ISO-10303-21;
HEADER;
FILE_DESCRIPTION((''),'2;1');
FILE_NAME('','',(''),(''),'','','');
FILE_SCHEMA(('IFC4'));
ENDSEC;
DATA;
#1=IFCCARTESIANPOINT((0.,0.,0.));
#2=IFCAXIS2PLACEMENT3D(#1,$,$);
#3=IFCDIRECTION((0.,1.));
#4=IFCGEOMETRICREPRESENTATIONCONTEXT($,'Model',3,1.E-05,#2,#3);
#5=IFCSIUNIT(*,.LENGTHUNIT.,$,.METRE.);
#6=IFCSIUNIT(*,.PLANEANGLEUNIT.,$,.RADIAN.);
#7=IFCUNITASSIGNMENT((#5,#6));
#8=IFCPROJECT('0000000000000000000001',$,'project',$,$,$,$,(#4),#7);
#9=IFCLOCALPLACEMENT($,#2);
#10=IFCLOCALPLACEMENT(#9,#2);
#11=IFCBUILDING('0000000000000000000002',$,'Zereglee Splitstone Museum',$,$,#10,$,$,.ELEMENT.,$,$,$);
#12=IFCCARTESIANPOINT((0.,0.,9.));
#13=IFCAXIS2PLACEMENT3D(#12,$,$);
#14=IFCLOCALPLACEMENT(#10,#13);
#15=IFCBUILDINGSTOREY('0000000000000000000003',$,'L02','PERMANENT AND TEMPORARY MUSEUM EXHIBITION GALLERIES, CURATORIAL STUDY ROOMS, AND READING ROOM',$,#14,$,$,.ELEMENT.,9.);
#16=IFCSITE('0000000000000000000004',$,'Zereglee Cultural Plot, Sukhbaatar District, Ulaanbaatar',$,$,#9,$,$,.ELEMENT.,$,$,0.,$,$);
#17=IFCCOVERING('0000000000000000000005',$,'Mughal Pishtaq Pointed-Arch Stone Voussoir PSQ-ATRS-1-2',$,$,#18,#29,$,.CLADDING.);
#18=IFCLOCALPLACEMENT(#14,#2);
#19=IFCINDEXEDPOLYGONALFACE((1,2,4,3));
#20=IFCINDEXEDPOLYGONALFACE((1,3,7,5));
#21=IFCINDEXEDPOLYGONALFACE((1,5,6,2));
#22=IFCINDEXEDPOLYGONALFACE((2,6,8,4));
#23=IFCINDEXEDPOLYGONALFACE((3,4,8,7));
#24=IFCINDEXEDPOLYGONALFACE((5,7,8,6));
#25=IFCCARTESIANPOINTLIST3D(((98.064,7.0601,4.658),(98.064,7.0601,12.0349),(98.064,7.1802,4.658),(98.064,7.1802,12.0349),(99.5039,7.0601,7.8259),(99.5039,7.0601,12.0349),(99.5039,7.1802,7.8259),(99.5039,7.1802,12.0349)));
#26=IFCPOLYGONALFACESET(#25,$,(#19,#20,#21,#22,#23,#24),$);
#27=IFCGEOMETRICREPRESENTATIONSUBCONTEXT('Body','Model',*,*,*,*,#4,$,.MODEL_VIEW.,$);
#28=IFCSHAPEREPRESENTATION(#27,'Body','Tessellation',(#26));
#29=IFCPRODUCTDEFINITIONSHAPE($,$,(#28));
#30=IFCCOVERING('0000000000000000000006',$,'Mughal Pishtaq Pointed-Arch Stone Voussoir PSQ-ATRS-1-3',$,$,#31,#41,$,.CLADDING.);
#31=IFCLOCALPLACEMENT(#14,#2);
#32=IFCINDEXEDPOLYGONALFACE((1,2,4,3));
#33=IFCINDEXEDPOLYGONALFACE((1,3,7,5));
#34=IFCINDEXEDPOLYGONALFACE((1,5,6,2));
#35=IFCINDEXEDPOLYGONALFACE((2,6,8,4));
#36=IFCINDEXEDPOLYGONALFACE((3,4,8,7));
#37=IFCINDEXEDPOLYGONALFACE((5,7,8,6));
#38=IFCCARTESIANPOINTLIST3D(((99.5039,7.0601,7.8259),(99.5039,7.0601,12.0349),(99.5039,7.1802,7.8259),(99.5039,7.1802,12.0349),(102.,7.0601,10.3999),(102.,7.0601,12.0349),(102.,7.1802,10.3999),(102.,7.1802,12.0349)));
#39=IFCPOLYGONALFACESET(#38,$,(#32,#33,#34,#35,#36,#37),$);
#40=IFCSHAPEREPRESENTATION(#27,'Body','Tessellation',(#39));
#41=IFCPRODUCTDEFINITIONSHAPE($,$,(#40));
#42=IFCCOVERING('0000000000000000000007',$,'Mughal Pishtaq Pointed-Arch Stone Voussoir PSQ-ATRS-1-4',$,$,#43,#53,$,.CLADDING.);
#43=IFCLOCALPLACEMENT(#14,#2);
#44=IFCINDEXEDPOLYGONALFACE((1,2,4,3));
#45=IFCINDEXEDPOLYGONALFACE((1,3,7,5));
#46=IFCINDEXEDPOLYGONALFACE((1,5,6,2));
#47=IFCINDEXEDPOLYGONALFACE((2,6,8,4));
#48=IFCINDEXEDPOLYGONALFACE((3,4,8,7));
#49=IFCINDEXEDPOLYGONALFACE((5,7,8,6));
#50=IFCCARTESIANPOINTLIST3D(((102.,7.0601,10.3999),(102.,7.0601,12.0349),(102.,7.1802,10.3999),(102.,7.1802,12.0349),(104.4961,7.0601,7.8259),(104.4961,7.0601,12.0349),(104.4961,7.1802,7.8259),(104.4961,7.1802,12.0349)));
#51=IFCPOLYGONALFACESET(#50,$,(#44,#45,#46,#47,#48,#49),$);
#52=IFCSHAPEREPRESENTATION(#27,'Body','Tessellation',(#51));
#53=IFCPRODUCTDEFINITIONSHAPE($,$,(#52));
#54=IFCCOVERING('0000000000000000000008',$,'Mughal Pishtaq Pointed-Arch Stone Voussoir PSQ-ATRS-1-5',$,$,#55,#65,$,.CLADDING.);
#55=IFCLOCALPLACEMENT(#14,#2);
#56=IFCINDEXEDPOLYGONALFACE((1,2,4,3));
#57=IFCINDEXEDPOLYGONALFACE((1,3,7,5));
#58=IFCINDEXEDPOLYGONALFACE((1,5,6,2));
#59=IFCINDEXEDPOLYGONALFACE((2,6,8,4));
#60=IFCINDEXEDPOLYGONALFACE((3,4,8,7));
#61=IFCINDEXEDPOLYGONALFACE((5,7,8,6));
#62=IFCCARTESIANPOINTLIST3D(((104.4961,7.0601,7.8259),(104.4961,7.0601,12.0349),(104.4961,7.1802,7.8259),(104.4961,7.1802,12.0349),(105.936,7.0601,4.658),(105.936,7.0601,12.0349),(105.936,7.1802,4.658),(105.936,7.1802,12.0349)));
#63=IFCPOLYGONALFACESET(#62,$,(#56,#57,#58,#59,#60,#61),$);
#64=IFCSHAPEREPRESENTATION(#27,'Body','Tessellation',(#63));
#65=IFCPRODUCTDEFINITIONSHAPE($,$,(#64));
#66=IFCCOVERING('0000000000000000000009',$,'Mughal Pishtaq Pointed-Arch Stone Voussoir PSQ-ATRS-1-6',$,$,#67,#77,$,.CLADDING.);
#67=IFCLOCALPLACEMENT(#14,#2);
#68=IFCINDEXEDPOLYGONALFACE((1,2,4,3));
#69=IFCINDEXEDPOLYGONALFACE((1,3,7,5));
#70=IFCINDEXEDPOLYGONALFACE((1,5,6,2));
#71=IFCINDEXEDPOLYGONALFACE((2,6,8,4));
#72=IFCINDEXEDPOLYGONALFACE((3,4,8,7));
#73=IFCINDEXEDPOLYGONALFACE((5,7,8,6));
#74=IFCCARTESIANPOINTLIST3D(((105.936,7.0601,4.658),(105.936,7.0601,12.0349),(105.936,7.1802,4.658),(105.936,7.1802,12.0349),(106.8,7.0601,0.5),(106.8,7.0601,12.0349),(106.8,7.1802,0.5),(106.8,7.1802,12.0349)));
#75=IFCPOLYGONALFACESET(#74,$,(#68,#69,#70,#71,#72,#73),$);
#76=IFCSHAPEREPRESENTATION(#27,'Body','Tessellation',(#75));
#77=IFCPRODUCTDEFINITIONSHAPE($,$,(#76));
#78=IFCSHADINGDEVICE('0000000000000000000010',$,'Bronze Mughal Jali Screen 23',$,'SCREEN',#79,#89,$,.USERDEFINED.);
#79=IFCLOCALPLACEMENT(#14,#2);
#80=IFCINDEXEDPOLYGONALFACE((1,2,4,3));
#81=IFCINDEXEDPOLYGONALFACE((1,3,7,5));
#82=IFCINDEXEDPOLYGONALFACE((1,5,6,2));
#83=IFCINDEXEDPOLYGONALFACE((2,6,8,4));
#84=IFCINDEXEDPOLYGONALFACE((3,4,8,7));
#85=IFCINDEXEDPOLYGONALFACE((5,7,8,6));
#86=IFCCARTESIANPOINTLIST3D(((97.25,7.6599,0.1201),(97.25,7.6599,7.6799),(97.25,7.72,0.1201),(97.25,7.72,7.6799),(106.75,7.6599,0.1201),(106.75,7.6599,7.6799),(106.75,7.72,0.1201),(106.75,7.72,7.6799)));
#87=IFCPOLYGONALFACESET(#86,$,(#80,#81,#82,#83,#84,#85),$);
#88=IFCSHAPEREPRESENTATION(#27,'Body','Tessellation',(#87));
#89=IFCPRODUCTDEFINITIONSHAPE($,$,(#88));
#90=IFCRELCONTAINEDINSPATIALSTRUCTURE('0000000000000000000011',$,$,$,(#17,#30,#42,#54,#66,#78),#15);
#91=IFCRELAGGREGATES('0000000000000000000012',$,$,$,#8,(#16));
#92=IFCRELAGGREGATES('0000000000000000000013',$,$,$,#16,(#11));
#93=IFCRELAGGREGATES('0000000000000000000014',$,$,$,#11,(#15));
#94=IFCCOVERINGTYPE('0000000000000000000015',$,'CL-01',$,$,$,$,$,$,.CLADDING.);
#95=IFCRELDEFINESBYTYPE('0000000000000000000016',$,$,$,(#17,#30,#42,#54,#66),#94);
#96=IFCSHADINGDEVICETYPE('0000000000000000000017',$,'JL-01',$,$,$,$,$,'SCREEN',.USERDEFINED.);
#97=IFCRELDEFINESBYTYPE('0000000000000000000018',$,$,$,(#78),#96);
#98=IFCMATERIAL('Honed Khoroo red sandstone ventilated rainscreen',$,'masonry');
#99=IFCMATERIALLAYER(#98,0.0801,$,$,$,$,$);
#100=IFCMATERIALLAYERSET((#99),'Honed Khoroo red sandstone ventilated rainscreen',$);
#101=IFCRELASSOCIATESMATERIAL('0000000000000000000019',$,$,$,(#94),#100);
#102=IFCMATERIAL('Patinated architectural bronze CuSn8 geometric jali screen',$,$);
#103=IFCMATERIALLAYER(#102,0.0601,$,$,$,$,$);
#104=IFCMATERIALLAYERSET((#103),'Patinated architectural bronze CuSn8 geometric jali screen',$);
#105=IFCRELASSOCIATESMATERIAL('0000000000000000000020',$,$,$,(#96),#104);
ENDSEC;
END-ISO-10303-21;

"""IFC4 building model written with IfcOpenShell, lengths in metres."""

from ifc_helpers import new_model, si_unit, direction, frame, origin, place, context, subcontext, project, spatial, polyline, outline, extrude, material, layer, layer_set, type_object, element, save


model = new_model("IFC4")

# Units and contexts
model_context = context("Model", 3, precision=1e-05, world=origin(), true_north=direction((0.0, 1.0)))
body_context = subcontext(model_context, "Body", "Model", "MODEL_VIEW")
ifc_project = project(units=[si_unit("LENGTHUNIT", "METRE"), si_unit("PLANEANGLEUNIT", "RADIAN")], contexts=[model_context])

# Site, building, storey
site_placement = place(None, origin())
site = spatial("IfcSite", under=ifc_project, at=site_placement, Name="Zereglee Cultural Plot, Sukhbaatar District, Ulaanbaatar", CompositionType="ELEMENT", RefElevation=0.0)
building_placement = place(site_placement, origin())
building = spatial("IfcBuilding", under=site, at=building_placement, Name="Zereglee Splitstone Museum", CompositionType="ELEMENT")
storey_placement = place(building_placement, frame((0.0, 0.0, 9.0)))
storey = spatial("IfcBuildingStorey", under=building, at=storey_placement, Name="L02", Description="PERMANENT AND TEMPORARY MUSEUM EXHIBITION GALLERIES, CURATORIAL STUDY ROOMS, AND READING ROOM", CompositionType="ELEMENT", Elevation=9.0)

# Coverings
ifc_material_1 = material(Name="Honed Khoroo red sandstone ventilated rainscreen", Category="masonry")
ifc_layer_1 = layer(ifc_material_1, 0.0801)
ifc_layer_set_1 = layer_set([ifc_layer_1], Name="Honed Khoroo red sandstone ventilated rainscreen")
covering_type_1 = type_object("IfcCoveringType", Name="CL-01", PredefinedType="CLADDING", material=ifc_layer_set_1)
covering_1_placement = place(storey_placement, frame((98.064, 7.0601, 4.658), z_axis=(0.0, -1.0, 0.0), x_axis=(0.413792, 0.0, 0.910371)))
element("IfcCovering", 1, at=covering_1_placement, inside=storey, type_object=covering_type_1, Name="Mughal Pishtaq Pointed-Arch Stone Voussoir PSQ-ATRS-1-2", PredefinedType="CLADDING", context=body_context, shape_type="SweptSolid", body=[
    extrude(outline(polyline([(0.0, 0.0), (3.4799, 0.0), (7.3116, 1.7416), (6.7158, 3.0525), (0.0, 0.0)])), origin(), (0.0, 0.0, -1.0), 0.1201),
])
covering_2_placement = place(storey_placement, frame((99.5039, 7.0601, 7.8259), z_axis=(0.0, -1.0, 0.0), x_axis=(0.696163, 0.0, 0.717884)))
element("IfcCovering", 2, at=covering_2_placement, inside=storey, type_object=covering_type_1, Name="Mughal Pishtaq Pointed-Arch Stone Voussoir PSQ-ATRS-1-3", PredefinedType="CLADDING", context=body_context, shape_type="SweptSolid", body=[
    extrude(outline(polyline([(0.0, 0.0), (3.5855, 0.0), (4.7592, 1.1382), (3.0216, 2.9301), (0.0, 0.0)])), origin(), (0.0, 0.0, -1.0), 0.1201),
])
covering_3_placement = place(storey_placement, frame((102.0, 7.0601, 10.3999), z_axis=(0.0, -1.0, 0.0), x_axis=(0.696163, 0.0, -0.717884)))
element("IfcCovering", 3, at=covering_3_placement, inside=storey, type_object=covering_type_1, Name="Mughal Pishtaq Pointed-Arch Stone Voussoir PSQ-ATRS-1-4", PredefinedType="CLADDING", context=body_context, shape_type="SweptSolid", body=[
    extrude(outline(polyline([(0.0, 0.0), (3.5855, 0.0), (0.5639, 2.9301), (-1.1737, 1.1382), (0.0, 0.0)])), origin(), (0.0, 0.0, -1.0), 0.1201),
])
covering_4_placement = place(storey_placement, frame((104.4961, 7.0601, 7.8259), z_axis=(0.0, -1.0, 0.0), x_axis=(0.413792, 0.0, -0.910371)))
element("IfcCovering", 4, at=covering_4_placement, inside=storey, type_object=covering_type_1, Name="Mughal Pishtaq Pointed-Arch Stone Voussoir PSQ-ATRS-1-5", PredefinedType="CLADDING", context=body_context, shape_type="SweptSolid", body=[
    extrude(outline(polyline([(0.0, 0.0), (3.4799, 0.0), (-3.2359, 3.0525), (-3.8317, 1.7416), (0.0, 0.0)])), origin(), (0.0, 0.0, -1.0), 0.1201),
])
covering_5_placement = place(storey_placement, frame((105.936, 7.0601, 4.658), z_axis=(0.0, -1.0, 0.0), x_axis=(0.203451, 0.0, -0.979085)))
element("IfcCovering", 5, at=covering_5_placement, inside=storey, type_object=covering_type_1, Name="Mughal Pishtaq Pointed-Arch Stone Voussoir PSQ-ATRS-1-6", PredefinedType="CLADDING", context=body_context, shape_type="SweptSolid", body=[
    extrude(outline(polyline([(0.0, 0.0), (4.2468, 0.0), (-7.0469, 2.3468), (-7.2227, 1.5009), (0.0, 0.0)])), origin(), (0.0, 0.0, -1.0), 0.1201),
])

# Shading device
ifc_material_2 = material(Name="Patinated architectural bronze CuSn8 geometric jali screen")
ifc_layer_2 = layer(ifc_material_2, 0.0601)
ifc_layer_set_2 = layer_set([ifc_layer_2], Name="Patinated architectural bronze CuSn8 geometric jali screen")
shading_device_type = type_object("IfcShadingDeviceType", Name="JL-01", ElementType="SCREEN", PredefinedType="USERDEFINED", material=ifc_layer_set_2)
shading_device_placement = place(storey_placement, frame((97.25, 7.72, 0.1201), z_axis=(0.0, -1.0, 0.0), x_axis=(1.0, 0.0, 0.0)))
element("IfcShadingDevice", 6, at=shading_device_placement, inside=storey, type_object=shading_device_type, Name="Bronze Mughal Jali Screen 23", ObjectType="SCREEN", PredefinedType="USERDEFINED", context=body_context, shape_type="SweptSolid", body=[
    extrude(outline(polyline([(0.0, 0.0), (9.5, 0.0), (9.5, 7.5598), (0.0, 7.5598), (0.0, 0.0)])), origin(), (0.0, 0.0, 1.0), 0.0601),
])

save(model, "model.ifc")
